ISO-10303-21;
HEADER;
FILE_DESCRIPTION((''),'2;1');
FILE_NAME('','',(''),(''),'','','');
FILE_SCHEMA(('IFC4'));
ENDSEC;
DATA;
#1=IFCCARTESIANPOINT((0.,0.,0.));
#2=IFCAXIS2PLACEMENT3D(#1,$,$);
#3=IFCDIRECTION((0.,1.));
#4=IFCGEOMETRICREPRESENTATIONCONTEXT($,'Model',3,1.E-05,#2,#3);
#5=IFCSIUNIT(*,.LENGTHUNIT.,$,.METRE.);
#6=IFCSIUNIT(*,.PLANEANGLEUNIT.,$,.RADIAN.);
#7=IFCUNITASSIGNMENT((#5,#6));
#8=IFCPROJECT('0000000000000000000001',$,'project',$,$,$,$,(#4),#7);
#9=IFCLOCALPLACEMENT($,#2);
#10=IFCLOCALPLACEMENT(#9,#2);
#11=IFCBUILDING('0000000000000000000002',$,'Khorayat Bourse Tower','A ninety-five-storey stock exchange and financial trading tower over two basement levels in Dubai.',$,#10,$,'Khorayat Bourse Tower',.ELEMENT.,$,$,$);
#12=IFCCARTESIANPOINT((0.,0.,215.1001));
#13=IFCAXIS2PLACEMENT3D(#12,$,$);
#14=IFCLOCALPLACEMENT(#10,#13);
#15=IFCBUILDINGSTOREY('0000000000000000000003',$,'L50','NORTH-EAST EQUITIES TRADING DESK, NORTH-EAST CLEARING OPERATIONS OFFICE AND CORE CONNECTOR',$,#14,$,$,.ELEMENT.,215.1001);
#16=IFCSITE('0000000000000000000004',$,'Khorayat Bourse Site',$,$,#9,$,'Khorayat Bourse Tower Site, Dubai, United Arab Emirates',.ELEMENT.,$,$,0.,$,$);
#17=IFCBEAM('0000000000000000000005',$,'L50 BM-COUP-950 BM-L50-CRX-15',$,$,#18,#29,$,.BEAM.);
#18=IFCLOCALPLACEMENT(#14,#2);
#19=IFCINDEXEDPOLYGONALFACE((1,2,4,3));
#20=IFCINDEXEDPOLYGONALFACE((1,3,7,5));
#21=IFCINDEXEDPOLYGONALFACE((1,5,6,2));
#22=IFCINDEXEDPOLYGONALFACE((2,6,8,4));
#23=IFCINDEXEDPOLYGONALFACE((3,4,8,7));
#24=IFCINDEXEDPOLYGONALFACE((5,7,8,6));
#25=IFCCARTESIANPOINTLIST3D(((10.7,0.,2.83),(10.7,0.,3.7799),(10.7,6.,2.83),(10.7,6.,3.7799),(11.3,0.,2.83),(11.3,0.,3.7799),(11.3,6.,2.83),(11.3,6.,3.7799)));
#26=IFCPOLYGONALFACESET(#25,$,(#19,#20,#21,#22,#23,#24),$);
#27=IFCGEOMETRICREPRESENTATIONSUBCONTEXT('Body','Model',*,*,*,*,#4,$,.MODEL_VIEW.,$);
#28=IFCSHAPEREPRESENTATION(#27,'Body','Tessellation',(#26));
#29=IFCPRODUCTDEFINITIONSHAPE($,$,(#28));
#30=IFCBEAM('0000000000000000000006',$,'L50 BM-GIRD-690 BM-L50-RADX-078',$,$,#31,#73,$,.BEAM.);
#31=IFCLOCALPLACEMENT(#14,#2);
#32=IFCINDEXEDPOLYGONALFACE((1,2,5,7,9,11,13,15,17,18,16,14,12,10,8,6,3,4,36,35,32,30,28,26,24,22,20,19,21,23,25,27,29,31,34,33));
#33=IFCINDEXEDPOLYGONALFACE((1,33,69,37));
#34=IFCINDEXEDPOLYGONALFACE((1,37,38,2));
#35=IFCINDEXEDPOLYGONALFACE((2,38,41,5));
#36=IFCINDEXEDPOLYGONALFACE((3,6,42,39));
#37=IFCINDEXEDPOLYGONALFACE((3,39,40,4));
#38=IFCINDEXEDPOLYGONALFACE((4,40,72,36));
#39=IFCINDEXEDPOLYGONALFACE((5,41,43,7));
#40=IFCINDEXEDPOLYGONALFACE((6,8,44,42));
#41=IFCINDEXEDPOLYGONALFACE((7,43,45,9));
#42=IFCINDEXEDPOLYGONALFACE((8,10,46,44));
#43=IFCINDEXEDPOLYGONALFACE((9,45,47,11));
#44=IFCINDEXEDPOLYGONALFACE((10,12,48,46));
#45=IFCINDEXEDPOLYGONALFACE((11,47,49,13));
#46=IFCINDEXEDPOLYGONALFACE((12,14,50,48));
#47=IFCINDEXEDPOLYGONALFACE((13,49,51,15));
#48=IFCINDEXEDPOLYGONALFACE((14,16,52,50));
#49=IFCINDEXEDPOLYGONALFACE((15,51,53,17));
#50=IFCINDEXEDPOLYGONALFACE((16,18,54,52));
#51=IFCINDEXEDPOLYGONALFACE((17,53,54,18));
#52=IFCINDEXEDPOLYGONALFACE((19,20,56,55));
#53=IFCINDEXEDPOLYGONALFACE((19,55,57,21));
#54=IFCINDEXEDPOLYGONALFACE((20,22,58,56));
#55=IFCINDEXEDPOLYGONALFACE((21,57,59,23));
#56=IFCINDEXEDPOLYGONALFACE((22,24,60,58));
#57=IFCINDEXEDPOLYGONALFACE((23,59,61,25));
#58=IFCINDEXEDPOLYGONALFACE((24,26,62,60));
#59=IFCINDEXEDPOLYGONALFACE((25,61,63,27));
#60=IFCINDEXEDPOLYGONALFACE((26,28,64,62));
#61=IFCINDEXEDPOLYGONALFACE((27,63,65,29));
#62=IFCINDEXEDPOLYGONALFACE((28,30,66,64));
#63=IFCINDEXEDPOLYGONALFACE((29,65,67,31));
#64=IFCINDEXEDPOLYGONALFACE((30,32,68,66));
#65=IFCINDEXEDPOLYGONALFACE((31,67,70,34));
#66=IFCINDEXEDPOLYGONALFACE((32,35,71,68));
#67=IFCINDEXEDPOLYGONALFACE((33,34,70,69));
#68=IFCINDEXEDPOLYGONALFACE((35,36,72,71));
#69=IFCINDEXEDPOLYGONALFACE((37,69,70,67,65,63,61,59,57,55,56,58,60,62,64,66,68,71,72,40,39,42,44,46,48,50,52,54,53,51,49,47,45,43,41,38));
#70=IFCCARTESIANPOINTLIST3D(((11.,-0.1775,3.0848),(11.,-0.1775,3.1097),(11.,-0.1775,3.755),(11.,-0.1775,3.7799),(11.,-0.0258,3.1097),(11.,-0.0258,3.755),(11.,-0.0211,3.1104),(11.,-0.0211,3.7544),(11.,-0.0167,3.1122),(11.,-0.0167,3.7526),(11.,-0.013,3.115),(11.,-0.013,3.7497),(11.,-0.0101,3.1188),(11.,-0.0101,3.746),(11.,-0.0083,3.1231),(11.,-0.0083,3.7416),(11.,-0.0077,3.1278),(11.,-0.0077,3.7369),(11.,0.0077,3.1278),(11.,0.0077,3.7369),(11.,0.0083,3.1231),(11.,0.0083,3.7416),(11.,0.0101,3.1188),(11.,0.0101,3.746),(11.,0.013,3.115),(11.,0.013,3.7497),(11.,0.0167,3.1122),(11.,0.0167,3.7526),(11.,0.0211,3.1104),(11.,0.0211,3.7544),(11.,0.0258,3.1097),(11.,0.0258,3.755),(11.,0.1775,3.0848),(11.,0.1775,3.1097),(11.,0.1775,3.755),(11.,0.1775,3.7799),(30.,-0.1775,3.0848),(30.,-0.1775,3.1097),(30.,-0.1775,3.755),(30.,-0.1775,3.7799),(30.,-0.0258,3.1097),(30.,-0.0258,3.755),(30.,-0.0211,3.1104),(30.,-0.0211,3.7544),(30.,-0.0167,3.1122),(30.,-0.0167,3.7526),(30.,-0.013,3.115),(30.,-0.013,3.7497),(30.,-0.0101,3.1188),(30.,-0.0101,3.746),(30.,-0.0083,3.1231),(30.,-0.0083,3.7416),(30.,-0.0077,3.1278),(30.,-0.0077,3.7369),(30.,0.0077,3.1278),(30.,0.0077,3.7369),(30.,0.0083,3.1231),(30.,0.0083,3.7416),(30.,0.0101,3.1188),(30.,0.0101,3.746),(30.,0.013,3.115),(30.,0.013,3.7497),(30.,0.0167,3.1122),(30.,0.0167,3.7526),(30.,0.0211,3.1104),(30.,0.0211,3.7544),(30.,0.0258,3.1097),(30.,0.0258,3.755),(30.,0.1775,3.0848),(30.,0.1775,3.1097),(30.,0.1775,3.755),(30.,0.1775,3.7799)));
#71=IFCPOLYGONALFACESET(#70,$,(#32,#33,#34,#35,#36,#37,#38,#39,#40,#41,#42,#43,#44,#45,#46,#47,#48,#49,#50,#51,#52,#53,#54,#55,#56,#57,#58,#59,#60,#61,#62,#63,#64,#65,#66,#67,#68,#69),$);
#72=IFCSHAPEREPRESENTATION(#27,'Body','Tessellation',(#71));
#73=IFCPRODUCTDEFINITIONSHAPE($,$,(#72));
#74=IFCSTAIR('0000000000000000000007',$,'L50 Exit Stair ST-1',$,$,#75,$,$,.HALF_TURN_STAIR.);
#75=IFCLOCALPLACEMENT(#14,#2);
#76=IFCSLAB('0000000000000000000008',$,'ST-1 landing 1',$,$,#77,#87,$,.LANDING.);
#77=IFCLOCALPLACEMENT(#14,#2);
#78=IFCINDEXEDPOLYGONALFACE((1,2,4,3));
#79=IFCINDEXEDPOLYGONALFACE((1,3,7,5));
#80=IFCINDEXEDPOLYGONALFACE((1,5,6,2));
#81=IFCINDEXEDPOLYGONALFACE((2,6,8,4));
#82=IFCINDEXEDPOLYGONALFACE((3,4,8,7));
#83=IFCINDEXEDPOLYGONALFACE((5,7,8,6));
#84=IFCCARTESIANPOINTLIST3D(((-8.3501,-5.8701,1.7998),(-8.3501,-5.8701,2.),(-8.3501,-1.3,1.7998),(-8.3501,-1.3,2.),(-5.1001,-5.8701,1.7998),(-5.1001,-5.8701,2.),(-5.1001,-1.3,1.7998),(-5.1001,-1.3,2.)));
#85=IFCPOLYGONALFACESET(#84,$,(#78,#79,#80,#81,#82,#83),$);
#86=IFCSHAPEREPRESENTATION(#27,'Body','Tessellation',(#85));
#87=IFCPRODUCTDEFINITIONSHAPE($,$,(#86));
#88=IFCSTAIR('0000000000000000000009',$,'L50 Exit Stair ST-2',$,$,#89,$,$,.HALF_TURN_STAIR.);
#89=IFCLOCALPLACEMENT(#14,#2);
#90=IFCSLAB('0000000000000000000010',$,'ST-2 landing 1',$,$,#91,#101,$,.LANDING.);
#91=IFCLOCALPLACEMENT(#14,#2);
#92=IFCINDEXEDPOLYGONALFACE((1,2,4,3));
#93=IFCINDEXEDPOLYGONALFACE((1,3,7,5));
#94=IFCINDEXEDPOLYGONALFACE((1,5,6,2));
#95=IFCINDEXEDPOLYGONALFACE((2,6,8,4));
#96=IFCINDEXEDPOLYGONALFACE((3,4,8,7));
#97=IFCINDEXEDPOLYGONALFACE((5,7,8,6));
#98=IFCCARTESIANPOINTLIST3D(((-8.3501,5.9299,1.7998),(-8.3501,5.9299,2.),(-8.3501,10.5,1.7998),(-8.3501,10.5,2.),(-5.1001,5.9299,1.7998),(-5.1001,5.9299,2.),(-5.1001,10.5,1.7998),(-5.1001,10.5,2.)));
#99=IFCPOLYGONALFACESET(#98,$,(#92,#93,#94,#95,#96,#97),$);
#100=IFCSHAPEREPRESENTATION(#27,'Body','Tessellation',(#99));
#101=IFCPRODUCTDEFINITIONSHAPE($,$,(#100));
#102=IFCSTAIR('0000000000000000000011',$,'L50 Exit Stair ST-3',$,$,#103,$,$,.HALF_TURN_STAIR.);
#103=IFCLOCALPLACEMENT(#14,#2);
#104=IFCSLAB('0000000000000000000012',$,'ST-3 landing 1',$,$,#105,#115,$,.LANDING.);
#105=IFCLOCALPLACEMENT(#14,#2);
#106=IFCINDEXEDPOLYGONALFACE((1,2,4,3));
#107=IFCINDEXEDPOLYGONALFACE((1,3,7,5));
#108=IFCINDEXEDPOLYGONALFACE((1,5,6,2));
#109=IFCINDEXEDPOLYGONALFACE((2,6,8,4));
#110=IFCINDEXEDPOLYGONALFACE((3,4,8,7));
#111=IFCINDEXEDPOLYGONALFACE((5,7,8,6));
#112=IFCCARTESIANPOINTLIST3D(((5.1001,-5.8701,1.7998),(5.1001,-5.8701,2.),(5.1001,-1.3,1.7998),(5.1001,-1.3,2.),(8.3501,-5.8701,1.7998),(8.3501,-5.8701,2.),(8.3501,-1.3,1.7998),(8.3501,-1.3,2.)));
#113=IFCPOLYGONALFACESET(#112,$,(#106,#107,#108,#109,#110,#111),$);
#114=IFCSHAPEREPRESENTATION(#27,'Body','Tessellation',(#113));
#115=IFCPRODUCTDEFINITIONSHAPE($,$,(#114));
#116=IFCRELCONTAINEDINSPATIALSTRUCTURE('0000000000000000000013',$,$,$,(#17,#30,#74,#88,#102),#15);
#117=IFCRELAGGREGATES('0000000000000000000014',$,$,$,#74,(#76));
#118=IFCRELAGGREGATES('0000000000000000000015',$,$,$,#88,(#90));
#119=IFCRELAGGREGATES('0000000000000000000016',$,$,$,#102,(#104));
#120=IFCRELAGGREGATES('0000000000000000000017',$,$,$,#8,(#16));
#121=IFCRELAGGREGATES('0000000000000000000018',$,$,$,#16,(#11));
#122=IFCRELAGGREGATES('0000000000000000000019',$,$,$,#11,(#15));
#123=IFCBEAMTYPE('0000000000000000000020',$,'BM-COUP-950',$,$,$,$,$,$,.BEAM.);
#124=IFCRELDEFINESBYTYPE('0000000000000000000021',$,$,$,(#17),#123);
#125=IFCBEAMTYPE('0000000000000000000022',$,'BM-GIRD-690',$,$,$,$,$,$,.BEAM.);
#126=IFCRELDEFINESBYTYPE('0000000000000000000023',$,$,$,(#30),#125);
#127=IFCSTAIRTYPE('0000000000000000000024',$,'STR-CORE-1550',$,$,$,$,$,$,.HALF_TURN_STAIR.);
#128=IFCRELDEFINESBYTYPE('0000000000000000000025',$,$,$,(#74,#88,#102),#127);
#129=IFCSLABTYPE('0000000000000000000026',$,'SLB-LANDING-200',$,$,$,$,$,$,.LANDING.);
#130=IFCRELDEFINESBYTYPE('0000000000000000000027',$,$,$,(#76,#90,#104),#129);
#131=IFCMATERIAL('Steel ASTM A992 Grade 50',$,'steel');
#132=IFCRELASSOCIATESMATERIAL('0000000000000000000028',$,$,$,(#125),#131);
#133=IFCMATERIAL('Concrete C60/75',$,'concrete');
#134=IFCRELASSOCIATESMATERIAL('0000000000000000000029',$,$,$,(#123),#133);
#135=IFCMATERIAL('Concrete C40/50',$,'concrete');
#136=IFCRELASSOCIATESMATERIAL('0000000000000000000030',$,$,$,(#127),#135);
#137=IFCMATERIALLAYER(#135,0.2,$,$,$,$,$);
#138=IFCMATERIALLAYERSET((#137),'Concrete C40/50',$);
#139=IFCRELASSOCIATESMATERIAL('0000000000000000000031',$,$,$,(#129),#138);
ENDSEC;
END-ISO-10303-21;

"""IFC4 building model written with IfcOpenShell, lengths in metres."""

from ifc_helpers import new_model, si_unit, direction, frame, origin, origin_2d, place, context, subcontext, project, spatial, polyline, rectangle, i_section, outline, extrude, source, transform, mapped, material, layer, layer_set, material_profile, profile_set, type_object, element, aggregate, save


model = new_model("IFC4")

# Units and contexts
model_context = context("Model", 3, precision=1e-05, world=origin(), true_north=direction((0.0, 1.0)))
body_context = subcontext(model_context, "Body", "Model", "MODEL_VIEW")
ifc_project = project(units=[si_unit("LENGTHUNIT", "METRE"), si_unit("PLANEANGLEUNIT", "RADIAN")], contexts=[model_context])

# Site, building, storey
site_placement = place(None, origin())
site = spatial("IfcSite", under=ifc_project, at=site_placement, Name="Khorayat Bourse Site", LongName="Khorayat Bourse Tower Site, Dubai, United Arab Emirates", CompositionType="ELEMENT", RefElevation=0.0)
building_placement = place(site_placement, origin())
building = spatial("IfcBuilding", under=site, at=building_placement, Name="Khorayat Bourse Tower", Description="A ninety-five-storey stock exchange and financial trading tower over two basement levels in Dubai.", LongName="Khorayat Bourse Tower", CompositionType="ELEMENT")
storey_placement = place(building_placement, frame((0.0, 0.0, 215.1001)))
storey = spatial("IfcBuildingStorey", under=building, at=storey_placement, Name="L50", Description="NORTH-EAST EQUITIES TRADING DESK, NORTH-EAST CLEARING OPERATIONS OFFICE AND CORE CONNECTOR", CompositionType="ELEMENT", Elevation=215.1001)

# Shared definitions
ifc_material_1 = material(Name="Concrete C60/75", Category="concrete")

# Beams
ifc_material_2 = material(Name="Steel ASTM A992 Grade 50", Category="steel")
ifc_material_profile_1 = material_profile(ifc_material_2, i_section(OverallWidth=0.355, OverallDepth=0.6951, WebThickness=0.0154, FlangeThickness=0.0249, FilletRadius=0.0181, at=origin_2d()), Name="W690X217")
ifc_profile_set_1 = profile_set([ifc_material_profile_1], Name="Steel ASTM A992 Grade 50")
beam_type_1 = type_object("IfcBeamType", Name="BM-GIRD-690", PredefinedType="BEAM", material=ifc_profile_set_1)
ifc_material_profile_2 = material_profile(ifc_material_1, rectangle(XDim=0.6001, YDim=0.95, at=origin_2d()), Name="RC 600x950")
ifc_profile_set_2 = profile_set([ifc_material_profile_2], Name="Concrete C60/75")
beam_type_2 = type_object("IfcBeamType", Name="BM-COUP-950", PredefinedType="BEAM", material=ifc_profile_set_2)
shared_shape_1 = source(origin(), body_context, "Body", "SweptSolid", [
    extrude(rectangle(XDim=0.6001, YDim=0.95, at=origin_2d()), origin(), (0.0, 0.0, 1.0), 6.0),
])
beam_1_placement = place(storey_placement, frame((11.0, 0.0, 3.3049), z_axis=(0.0, 1.0, 0.0), x_axis=(-1.0, 0.0, 0.0)))
element("IfcBeam", 1, at=beam_1_placement, inside=storey, type_object=beam_type_2, Name="L50 BM-COUP-950 BM-L50-CRX-15", PredefinedType="BEAM", context=body_context, shape_type="MappedRepresentation", body=[
    mapped(shared_shape_1, transform((0.0, 0.0, 0.0), scale=1.0)),
])
shared_shape_2 = source(origin(), body_context, "Body", "SweptSolid", [
    extrude(i_section(OverallWidth=0.355, OverallDepth=0.6951, WebThickness=0.0154, FlangeThickness=0.0249, FilletRadius=0.0181, at=origin_2d()), origin(), (0.0, 0.0, 1.0), 19.0),
])
beam_2_placement = place(storey_placement, frame((11.0, 0.0, 3.4324), z_axis=(1.0, 0.0, 0.0), x_axis=(0.0, 1.0, 0.0)))
element("IfcBeam", 2, at=beam_2_placement, inside=storey, type_object=beam_type_1, Name="L50 BM-GIRD-690 BM-L50-RADX-078", PredefinedType="BEAM", context=body_context, shape_type="MappedRepresentation", body=[
    mapped(shared_shape_2, transform((0.0, 0.0, 0.0), scale=1.0)),
])

# Stairs, slabs
ifc_material_3 = material(Name="Concrete C40/50", Category="concrete")
stair_type = type_object("IfcStairType", Name="STR-CORE-1550", PredefinedType="HALF_TURN_STAIR", material=ifc_material_3)
stair_1_placement = place(storey_placement, origin())
stair_1 = element("IfcStair", 3, at=stair_1_placement, inside=storey, type_object=stair_type, Name="L50 Exit Stair ST-1", PredefinedType="HALF_TURN_STAIR")
ifc_layer_1 = layer(ifc_material_3, 0.2)
ifc_layer_set_1 = layer_set([ifc_layer_1], Name="Concrete C40/50")
slab_type_1 = type_object("IfcSlabType", Name="SLB-LANDING-200", PredefinedType="LANDING", material=ifc_layer_set_1)
slab_1_placement = place(storey_placement, frame((0.0, 0.0, 1.7998)))
slab_1 = element("IfcSlab", 4, at=slab_1_placement, type_object=slab_type_1, Name="ST-1 landing 1", PredefinedType="LANDING", context=body_context, shape_type="SweptSolid", body=[
    extrude(outline(polyline([(-5.1001, -5.8701), (-5.1001, -1.3), (-8.3501, -1.3), (-8.3501, -5.8701), (-5.1001, -5.8701)])), origin(), (0.0, 0.0, 1.0), 0.2002),
])
aggregate(stair_1, [slab_1])
stair_2_placement = place(storey_placement, origin())
stair_2 = element("IfcStair", 5, at=stair_2_placement, inside=storey, type_object=stair_type, Name="L50 Exit Stair ST-2", PredefinedType="HALF_TURN_STAIR")
slab_2_placement = place(storey_placement, frame((0.0, 0.0, 1.7998)))
slab_2 = element("IfcSlab", 6, at=slab_2_placement, type_object=slab_type_1, Name="ST-2 landing 1", PredefinedType="LANDING", context=body_context, shape_type="SweptSolid", body=[
    extrude(outline(polyline([(-5.1001, 5.9299), (-5.1001, 10.5), (-8.3501, 10.5), (-8.3501, 5.9299), (-5.1001, 5.9299)])), origin(), (0.0, 0.0, 1.0), 0.2002),
])
aggregate(stair_2, [slab_2])
stair_3_placement = place(storey_placement, origin())
stair_3 = element("IfcStair", 7, at=stair_3_placement, inside=storey, type_object=stair_type, Name="L50 Exit Stair ST-3", PredefinedType="HALF_TURN_STAIR")
slab_3_placement = place(storey_placement, frame((0.0, 0.0, 1.7998)))
slab_3 = element("IfcSlab", 8, at=slab_3_placement, type_object=slab_type_1, Name="ST-3 landing 1", PredefinedType="LANDING", context=body_context, shape_type="SweptSolid", body=[
    extrude(outline(polyline([(8.3501, -5.8701), (8.3501, -1.3), (5.1001, -1.3), (5.1001, -5.8701), (8.3501, -5.8701)])), origin(), (0.0, 0.0, 1.0), 0.2002),
])
aggregate(stair_3, [slab_3])

save(model, "model.ifc")
